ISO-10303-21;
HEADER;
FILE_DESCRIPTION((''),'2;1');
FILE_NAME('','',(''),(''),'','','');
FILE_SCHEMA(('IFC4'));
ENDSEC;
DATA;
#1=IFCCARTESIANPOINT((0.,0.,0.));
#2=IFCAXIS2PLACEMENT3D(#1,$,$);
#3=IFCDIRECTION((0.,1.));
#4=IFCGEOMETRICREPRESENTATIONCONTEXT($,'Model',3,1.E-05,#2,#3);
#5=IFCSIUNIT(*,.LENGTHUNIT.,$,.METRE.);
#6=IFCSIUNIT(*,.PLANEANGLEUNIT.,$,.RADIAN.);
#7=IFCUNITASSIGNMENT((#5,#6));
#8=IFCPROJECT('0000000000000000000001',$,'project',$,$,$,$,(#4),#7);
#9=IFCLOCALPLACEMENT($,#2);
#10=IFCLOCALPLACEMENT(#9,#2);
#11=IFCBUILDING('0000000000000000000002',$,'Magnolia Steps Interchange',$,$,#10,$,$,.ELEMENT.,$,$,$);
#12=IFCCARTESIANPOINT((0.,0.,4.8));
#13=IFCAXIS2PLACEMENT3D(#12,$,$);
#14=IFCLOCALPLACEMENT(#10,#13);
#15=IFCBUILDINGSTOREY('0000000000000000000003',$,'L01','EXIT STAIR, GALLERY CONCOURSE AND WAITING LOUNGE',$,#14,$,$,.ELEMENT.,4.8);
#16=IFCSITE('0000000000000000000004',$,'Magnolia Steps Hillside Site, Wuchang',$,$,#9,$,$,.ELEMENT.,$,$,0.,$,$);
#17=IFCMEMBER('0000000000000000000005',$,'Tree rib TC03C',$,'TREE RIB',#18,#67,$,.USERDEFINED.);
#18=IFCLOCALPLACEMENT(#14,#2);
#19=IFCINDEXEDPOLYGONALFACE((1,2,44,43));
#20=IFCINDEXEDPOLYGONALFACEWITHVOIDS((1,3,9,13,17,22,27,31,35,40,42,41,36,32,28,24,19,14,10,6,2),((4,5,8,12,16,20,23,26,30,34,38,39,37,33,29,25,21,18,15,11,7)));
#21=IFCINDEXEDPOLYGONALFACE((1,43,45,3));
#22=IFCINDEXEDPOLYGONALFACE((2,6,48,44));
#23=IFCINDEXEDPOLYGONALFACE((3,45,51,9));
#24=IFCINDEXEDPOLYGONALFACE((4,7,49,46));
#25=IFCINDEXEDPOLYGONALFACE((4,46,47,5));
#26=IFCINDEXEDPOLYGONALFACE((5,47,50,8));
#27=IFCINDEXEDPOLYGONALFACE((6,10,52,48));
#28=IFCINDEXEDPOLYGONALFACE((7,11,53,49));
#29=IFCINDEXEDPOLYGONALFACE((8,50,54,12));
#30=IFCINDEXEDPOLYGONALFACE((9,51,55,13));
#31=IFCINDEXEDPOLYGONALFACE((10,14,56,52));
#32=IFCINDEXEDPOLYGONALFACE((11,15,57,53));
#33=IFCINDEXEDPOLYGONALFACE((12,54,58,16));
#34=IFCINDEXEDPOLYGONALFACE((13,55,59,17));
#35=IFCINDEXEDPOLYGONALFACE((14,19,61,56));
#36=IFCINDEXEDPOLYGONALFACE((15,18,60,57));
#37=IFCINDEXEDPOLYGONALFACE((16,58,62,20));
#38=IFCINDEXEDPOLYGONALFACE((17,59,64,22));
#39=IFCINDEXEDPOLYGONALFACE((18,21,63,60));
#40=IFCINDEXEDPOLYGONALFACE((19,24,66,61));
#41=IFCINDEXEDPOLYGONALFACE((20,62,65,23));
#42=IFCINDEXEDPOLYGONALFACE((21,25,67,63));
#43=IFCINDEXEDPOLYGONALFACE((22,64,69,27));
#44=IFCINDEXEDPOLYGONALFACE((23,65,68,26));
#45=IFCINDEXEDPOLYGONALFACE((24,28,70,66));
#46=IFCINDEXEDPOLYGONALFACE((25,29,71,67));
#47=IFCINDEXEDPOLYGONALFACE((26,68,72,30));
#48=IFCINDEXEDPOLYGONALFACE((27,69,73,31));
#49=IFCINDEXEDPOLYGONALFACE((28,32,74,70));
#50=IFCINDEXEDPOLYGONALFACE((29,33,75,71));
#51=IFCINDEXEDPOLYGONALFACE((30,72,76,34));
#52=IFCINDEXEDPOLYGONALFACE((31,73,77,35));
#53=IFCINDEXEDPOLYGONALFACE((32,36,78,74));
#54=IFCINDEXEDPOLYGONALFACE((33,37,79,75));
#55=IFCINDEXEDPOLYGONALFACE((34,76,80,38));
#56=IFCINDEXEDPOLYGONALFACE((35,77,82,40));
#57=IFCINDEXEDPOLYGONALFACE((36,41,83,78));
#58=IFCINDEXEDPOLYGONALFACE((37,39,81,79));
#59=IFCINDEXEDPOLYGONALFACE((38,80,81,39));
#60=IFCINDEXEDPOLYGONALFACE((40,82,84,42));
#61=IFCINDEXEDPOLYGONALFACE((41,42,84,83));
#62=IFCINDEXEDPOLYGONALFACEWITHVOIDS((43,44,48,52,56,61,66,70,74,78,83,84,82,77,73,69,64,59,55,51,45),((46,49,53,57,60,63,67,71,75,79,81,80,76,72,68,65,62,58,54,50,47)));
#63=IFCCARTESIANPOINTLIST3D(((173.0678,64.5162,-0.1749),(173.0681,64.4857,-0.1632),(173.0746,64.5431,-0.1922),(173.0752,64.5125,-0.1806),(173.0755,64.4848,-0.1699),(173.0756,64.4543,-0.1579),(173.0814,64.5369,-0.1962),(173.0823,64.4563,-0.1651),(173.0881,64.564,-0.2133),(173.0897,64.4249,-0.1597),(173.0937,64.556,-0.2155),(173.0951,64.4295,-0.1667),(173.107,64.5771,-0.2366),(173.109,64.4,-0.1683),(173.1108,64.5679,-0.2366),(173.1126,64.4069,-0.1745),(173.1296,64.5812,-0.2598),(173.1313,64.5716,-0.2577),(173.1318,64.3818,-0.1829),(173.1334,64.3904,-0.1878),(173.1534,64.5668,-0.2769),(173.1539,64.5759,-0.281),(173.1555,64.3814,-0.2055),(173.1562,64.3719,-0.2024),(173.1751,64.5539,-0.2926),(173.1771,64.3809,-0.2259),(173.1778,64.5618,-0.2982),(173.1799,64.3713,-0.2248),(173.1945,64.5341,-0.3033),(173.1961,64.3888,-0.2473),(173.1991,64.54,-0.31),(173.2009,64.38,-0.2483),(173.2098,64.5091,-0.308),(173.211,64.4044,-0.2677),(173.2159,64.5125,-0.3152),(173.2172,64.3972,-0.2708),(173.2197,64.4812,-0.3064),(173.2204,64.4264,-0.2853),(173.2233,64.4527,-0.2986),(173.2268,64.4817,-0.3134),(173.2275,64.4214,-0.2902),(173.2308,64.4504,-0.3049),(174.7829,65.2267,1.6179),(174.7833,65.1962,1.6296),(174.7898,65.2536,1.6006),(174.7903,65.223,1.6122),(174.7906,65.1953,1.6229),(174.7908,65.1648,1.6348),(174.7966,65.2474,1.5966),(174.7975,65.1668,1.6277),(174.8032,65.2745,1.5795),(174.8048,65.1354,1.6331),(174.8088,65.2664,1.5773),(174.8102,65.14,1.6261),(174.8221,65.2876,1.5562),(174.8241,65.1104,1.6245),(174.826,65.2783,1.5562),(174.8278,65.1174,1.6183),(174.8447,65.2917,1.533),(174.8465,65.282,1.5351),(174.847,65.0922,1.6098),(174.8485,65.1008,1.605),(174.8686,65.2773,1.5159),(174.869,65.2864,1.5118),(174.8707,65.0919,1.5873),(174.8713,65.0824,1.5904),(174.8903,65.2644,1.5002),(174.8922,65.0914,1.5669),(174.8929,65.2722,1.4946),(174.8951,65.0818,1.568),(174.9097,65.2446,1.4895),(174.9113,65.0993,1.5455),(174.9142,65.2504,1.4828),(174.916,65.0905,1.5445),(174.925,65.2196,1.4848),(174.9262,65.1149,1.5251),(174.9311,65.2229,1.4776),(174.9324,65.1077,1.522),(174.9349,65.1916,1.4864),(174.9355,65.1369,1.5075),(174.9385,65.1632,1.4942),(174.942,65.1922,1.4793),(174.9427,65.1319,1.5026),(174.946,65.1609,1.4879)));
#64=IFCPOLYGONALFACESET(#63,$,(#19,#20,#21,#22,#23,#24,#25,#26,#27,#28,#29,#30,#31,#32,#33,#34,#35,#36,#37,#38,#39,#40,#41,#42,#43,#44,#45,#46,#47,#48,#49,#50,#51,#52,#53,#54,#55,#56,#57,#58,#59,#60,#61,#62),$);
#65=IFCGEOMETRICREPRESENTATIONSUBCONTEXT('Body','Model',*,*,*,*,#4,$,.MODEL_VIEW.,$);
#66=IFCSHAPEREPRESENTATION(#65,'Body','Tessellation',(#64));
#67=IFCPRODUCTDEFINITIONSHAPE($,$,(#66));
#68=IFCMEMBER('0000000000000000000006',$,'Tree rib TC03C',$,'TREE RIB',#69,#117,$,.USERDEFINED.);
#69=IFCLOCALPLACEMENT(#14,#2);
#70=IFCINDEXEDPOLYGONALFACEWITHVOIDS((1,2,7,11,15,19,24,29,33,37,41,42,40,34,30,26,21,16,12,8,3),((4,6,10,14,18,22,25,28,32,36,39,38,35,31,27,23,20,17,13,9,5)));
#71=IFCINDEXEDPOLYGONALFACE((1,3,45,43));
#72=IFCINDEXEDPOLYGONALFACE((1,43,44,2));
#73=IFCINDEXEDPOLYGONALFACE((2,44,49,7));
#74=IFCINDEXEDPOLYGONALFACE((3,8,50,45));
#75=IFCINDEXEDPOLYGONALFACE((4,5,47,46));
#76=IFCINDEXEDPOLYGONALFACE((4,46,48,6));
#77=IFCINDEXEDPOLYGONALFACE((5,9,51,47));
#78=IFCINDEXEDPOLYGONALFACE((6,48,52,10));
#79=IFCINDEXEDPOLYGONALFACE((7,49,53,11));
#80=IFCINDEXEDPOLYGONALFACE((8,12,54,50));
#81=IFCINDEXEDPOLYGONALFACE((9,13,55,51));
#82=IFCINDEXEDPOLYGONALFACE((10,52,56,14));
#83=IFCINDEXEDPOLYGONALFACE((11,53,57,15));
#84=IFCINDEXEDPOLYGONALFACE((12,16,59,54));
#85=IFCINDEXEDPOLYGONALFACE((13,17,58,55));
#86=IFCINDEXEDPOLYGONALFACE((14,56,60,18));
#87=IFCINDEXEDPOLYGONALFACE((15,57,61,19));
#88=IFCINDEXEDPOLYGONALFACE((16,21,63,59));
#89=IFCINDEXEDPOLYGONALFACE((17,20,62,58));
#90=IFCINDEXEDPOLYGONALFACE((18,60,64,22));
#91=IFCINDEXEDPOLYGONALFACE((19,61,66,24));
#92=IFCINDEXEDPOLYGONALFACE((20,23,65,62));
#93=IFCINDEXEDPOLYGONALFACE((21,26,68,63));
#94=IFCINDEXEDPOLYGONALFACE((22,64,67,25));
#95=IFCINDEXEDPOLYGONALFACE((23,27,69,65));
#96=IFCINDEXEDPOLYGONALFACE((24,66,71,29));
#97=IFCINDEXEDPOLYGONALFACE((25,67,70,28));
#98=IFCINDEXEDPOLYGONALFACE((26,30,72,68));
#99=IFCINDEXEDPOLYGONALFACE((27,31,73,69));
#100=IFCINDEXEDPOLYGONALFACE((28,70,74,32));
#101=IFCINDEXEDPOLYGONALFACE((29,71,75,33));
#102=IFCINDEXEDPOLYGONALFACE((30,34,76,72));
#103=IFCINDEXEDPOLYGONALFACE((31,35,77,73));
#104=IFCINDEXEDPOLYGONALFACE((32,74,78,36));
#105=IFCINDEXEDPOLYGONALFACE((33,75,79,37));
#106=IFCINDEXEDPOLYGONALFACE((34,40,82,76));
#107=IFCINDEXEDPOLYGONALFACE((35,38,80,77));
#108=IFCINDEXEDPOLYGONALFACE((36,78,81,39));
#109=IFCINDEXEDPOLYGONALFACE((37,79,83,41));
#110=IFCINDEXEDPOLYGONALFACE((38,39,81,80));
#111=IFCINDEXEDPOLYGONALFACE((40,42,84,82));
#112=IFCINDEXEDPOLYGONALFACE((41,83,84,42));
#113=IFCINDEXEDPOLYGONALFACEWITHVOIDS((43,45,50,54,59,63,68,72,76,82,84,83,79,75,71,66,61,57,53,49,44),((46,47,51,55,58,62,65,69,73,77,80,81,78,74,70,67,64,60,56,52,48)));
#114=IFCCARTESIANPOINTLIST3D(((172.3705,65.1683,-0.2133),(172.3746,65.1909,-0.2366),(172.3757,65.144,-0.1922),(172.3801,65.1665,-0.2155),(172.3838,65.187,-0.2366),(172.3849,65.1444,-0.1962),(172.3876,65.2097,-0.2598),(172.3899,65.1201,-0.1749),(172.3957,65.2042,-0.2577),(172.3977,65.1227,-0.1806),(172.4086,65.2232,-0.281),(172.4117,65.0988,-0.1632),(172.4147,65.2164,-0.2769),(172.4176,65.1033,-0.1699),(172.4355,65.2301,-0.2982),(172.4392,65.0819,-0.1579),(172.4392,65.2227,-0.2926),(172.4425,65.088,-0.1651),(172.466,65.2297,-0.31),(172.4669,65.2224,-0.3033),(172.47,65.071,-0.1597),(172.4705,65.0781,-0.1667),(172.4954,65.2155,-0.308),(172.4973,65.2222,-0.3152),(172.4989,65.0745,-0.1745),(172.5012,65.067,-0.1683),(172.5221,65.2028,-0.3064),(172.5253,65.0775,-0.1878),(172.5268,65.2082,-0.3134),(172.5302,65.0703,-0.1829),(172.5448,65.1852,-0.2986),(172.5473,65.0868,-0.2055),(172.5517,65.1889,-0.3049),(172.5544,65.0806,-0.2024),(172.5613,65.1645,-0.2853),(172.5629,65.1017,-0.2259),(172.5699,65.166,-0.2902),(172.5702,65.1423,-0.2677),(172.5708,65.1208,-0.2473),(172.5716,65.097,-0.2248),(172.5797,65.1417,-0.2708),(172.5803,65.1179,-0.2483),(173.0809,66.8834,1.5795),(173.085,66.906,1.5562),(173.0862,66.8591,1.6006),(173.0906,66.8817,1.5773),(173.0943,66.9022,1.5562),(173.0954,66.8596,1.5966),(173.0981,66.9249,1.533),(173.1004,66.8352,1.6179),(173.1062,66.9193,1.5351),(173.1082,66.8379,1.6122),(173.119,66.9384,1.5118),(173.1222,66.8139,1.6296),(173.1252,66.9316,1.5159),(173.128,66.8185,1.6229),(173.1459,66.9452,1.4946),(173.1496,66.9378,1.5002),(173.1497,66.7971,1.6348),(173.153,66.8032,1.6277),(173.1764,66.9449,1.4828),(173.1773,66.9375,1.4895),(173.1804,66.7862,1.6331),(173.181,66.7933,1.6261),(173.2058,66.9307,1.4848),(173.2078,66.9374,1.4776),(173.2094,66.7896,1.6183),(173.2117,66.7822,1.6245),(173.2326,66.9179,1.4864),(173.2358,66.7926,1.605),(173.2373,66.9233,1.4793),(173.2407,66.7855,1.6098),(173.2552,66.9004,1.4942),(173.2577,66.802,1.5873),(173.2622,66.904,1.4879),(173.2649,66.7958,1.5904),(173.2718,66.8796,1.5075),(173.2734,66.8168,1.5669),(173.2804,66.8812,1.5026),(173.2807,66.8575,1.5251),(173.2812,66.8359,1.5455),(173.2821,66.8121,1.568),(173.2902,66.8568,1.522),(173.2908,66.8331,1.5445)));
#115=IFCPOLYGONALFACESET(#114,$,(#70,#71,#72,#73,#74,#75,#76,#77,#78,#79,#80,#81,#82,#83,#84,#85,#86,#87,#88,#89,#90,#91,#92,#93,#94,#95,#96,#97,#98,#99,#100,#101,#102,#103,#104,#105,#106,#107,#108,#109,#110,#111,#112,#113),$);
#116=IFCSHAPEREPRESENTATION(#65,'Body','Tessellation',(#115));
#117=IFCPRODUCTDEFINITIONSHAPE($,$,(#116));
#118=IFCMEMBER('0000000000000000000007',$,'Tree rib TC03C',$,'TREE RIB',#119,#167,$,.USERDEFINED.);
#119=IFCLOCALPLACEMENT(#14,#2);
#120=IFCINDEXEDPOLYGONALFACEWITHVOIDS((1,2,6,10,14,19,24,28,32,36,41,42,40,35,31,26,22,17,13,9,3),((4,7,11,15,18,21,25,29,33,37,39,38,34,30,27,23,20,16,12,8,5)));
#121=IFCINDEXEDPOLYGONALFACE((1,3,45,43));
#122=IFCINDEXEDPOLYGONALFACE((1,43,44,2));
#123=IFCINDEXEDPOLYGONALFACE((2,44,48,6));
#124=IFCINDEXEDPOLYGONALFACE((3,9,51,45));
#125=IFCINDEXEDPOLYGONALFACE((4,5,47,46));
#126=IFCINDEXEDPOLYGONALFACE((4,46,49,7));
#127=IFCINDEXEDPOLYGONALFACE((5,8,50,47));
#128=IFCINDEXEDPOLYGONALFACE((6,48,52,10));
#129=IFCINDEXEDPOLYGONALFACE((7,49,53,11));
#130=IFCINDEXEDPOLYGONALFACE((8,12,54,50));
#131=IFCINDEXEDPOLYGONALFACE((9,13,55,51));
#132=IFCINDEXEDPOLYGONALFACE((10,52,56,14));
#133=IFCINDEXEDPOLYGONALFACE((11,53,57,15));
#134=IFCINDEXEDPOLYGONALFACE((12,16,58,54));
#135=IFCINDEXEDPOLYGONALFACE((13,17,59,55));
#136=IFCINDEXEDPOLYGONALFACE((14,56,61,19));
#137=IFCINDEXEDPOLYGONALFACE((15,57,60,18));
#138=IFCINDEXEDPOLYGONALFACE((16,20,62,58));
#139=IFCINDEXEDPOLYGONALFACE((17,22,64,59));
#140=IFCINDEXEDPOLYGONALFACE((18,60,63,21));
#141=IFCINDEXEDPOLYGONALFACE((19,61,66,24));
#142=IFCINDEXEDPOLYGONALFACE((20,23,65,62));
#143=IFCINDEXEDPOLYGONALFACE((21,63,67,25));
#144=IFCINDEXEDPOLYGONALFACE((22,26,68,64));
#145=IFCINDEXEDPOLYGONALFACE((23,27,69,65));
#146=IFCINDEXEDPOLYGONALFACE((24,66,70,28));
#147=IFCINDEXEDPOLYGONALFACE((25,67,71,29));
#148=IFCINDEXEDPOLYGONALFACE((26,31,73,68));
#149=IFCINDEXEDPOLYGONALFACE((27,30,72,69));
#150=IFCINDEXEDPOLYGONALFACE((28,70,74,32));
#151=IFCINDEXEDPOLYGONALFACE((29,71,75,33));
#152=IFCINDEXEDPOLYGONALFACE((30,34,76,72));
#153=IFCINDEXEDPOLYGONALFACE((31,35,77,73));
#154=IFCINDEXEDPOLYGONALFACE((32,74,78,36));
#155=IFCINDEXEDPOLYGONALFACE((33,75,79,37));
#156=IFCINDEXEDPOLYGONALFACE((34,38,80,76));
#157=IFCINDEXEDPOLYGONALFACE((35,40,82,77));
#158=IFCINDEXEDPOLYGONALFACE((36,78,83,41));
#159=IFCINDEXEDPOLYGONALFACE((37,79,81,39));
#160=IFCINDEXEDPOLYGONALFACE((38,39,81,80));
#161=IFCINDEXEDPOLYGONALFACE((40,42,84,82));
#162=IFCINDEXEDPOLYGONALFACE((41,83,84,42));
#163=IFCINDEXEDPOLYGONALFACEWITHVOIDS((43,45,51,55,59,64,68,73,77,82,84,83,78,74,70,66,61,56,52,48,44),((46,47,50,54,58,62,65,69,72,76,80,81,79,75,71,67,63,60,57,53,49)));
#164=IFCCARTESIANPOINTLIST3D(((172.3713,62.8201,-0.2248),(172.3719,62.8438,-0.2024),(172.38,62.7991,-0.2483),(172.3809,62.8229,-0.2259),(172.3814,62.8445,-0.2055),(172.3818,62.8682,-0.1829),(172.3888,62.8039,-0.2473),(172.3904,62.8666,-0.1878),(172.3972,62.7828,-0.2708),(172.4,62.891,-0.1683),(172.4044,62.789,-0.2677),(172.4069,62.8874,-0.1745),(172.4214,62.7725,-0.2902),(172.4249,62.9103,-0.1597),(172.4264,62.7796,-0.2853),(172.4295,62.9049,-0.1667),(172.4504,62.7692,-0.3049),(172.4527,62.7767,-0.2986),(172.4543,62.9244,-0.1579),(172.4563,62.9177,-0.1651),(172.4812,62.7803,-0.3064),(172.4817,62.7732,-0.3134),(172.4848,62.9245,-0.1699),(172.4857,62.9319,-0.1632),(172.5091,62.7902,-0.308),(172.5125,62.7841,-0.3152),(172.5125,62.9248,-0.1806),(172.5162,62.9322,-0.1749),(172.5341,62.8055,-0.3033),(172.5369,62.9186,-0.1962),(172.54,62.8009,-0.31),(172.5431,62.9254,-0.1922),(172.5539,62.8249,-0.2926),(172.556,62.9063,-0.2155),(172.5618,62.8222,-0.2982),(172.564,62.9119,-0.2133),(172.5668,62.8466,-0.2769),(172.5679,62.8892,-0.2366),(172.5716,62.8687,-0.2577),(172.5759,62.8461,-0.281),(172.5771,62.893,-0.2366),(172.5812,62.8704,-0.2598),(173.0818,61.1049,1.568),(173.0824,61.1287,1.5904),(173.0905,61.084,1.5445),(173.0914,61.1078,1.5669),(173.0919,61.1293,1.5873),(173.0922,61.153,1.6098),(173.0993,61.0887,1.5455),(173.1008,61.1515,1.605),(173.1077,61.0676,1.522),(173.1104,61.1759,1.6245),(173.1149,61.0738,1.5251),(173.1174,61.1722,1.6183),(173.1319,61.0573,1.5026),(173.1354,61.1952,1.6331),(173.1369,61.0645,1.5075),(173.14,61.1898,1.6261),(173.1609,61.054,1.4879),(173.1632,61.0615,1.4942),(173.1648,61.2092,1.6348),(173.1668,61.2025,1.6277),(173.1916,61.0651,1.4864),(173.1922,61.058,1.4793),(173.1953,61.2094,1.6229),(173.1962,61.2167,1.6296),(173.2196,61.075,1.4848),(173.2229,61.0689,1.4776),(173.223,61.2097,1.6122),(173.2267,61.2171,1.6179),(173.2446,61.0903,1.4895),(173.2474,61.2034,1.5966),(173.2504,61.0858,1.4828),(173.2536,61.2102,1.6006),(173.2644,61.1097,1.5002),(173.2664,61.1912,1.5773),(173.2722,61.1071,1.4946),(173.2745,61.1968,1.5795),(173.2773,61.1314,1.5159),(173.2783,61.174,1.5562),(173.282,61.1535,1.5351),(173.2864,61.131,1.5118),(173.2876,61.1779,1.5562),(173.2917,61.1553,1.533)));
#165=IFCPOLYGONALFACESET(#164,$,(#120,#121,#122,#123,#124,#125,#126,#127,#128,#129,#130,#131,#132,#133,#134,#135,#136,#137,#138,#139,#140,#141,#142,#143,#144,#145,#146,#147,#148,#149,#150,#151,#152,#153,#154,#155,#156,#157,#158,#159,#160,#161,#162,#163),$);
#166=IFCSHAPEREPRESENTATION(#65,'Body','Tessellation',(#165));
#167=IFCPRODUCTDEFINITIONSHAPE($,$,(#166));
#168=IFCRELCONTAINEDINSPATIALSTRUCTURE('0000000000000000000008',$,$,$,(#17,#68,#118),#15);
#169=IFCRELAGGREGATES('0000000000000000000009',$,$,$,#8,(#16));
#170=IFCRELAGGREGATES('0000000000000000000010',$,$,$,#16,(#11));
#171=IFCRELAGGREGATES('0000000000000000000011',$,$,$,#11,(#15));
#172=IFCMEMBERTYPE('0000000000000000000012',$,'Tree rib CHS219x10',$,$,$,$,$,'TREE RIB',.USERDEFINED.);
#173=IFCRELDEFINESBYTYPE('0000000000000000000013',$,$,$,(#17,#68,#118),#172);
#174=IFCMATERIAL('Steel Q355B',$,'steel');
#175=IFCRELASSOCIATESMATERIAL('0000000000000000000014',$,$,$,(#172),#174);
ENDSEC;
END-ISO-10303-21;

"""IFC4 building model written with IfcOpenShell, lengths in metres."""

from ifc_helpers import new_model, si_unit, direction, frame, origin, origin_2d, place, context, subcontext, project, spatial, hollow_circle, extrude, material, material_profile, profile_set, type_object, element, save


model = new_model("IFC4")

# Units and contexts
model_context = context("Model", 3, precision=1e-05, world=origin(), true_north=direction((0.0, 1.0)))
body_context = subcontext(model_context, "Body", "Model", "MODEL_VIEW")
ifc_project = project(units=[si_unit("LENGTHUNIT", "METRE"), si_unit("PLANEANGLEUNIT", "RADIAN")], contexts=[model_context])

# Site, building, storey
site_placement = place(None, origin())
site = spatial("IfcSite", under=ifc_project, at=site_placement, Name="Magnolia Steps Hillside Site, Wuchang", CompositionType="ELEMENT", RefElevation=0.0)
building_placement = place(site_placement, origin())
building = spatial("IfcBuilding", under=site, at=building_placement, Name="Magnolia Steps Interchange", CompositionType="ELEMENT")
storey_placement = place(building_placement, frame((0.0, 0.0, 4.8)))
storey = spatial("IfcBuildingStorey", under=building, at=storey_placement, Name="L01", Description="EXIT STAIR, GALLERY CONCOURSE AND WAITING LOUNGE", CompositionType="ELEMENT", Elevation=4.8)

# Members
ifc_material_1 = material(Name="Steel Q355B", Category="steel")
ifc_material_profile_1 = material_profile(ifc_material_1, hollow_circle(Radius=0.1096, WallThickness=0.01, at=origin_2d()), Name="CHS219x10")
ifc_profile_set_1 = profile_set([ifc_material_profile_1], Name="Steel Q355B")
member_type = type_object("IfcMemberType", Name="Tree rib CHS219x10", ElementType="TREE RIB", PredefinedType="USERDEFINED", material=ifc_profile_set_1)
for number, where, z_axis, x_axis, name in (
    (1, (173.1489, 64.4758, -0.2366), (0.664577, 0.275291, 0.69466), (-0.3827, 0.923873, 0.0), "Tree rib TC03C"),
    (2, (172.4758, 65.1489, -0.2366), (0.275291, 0.664577, 0.69466), (-0.923873, 0.3827, 0.0), "Tree rib TC03C"),
    (3, (172.4758, 62.8511, -0.2366), (0.275291, -0.664577, 0.69466), (0.923873, 0.3827, 0.0), "Tree rib TC03C"),
):
    element("IfcMember", number, at=place(storey_placement, frame(where, z_axis=z_axis, x_axis=x_axis)), inside=storey, type_object=member_type, Name=name, ObjectType="TREE RIB", PredefinedType="USERDEFINED", context=body_context, shape_type="SweptSolid", body=[
        extrude(hollow_circle(Radius=0.1096, WallThickness=0.01, at=origin_2d()), origin(), (0.0, 0.0, 1.0), 2.5808),
    ])

save(model, "model.ifc")
